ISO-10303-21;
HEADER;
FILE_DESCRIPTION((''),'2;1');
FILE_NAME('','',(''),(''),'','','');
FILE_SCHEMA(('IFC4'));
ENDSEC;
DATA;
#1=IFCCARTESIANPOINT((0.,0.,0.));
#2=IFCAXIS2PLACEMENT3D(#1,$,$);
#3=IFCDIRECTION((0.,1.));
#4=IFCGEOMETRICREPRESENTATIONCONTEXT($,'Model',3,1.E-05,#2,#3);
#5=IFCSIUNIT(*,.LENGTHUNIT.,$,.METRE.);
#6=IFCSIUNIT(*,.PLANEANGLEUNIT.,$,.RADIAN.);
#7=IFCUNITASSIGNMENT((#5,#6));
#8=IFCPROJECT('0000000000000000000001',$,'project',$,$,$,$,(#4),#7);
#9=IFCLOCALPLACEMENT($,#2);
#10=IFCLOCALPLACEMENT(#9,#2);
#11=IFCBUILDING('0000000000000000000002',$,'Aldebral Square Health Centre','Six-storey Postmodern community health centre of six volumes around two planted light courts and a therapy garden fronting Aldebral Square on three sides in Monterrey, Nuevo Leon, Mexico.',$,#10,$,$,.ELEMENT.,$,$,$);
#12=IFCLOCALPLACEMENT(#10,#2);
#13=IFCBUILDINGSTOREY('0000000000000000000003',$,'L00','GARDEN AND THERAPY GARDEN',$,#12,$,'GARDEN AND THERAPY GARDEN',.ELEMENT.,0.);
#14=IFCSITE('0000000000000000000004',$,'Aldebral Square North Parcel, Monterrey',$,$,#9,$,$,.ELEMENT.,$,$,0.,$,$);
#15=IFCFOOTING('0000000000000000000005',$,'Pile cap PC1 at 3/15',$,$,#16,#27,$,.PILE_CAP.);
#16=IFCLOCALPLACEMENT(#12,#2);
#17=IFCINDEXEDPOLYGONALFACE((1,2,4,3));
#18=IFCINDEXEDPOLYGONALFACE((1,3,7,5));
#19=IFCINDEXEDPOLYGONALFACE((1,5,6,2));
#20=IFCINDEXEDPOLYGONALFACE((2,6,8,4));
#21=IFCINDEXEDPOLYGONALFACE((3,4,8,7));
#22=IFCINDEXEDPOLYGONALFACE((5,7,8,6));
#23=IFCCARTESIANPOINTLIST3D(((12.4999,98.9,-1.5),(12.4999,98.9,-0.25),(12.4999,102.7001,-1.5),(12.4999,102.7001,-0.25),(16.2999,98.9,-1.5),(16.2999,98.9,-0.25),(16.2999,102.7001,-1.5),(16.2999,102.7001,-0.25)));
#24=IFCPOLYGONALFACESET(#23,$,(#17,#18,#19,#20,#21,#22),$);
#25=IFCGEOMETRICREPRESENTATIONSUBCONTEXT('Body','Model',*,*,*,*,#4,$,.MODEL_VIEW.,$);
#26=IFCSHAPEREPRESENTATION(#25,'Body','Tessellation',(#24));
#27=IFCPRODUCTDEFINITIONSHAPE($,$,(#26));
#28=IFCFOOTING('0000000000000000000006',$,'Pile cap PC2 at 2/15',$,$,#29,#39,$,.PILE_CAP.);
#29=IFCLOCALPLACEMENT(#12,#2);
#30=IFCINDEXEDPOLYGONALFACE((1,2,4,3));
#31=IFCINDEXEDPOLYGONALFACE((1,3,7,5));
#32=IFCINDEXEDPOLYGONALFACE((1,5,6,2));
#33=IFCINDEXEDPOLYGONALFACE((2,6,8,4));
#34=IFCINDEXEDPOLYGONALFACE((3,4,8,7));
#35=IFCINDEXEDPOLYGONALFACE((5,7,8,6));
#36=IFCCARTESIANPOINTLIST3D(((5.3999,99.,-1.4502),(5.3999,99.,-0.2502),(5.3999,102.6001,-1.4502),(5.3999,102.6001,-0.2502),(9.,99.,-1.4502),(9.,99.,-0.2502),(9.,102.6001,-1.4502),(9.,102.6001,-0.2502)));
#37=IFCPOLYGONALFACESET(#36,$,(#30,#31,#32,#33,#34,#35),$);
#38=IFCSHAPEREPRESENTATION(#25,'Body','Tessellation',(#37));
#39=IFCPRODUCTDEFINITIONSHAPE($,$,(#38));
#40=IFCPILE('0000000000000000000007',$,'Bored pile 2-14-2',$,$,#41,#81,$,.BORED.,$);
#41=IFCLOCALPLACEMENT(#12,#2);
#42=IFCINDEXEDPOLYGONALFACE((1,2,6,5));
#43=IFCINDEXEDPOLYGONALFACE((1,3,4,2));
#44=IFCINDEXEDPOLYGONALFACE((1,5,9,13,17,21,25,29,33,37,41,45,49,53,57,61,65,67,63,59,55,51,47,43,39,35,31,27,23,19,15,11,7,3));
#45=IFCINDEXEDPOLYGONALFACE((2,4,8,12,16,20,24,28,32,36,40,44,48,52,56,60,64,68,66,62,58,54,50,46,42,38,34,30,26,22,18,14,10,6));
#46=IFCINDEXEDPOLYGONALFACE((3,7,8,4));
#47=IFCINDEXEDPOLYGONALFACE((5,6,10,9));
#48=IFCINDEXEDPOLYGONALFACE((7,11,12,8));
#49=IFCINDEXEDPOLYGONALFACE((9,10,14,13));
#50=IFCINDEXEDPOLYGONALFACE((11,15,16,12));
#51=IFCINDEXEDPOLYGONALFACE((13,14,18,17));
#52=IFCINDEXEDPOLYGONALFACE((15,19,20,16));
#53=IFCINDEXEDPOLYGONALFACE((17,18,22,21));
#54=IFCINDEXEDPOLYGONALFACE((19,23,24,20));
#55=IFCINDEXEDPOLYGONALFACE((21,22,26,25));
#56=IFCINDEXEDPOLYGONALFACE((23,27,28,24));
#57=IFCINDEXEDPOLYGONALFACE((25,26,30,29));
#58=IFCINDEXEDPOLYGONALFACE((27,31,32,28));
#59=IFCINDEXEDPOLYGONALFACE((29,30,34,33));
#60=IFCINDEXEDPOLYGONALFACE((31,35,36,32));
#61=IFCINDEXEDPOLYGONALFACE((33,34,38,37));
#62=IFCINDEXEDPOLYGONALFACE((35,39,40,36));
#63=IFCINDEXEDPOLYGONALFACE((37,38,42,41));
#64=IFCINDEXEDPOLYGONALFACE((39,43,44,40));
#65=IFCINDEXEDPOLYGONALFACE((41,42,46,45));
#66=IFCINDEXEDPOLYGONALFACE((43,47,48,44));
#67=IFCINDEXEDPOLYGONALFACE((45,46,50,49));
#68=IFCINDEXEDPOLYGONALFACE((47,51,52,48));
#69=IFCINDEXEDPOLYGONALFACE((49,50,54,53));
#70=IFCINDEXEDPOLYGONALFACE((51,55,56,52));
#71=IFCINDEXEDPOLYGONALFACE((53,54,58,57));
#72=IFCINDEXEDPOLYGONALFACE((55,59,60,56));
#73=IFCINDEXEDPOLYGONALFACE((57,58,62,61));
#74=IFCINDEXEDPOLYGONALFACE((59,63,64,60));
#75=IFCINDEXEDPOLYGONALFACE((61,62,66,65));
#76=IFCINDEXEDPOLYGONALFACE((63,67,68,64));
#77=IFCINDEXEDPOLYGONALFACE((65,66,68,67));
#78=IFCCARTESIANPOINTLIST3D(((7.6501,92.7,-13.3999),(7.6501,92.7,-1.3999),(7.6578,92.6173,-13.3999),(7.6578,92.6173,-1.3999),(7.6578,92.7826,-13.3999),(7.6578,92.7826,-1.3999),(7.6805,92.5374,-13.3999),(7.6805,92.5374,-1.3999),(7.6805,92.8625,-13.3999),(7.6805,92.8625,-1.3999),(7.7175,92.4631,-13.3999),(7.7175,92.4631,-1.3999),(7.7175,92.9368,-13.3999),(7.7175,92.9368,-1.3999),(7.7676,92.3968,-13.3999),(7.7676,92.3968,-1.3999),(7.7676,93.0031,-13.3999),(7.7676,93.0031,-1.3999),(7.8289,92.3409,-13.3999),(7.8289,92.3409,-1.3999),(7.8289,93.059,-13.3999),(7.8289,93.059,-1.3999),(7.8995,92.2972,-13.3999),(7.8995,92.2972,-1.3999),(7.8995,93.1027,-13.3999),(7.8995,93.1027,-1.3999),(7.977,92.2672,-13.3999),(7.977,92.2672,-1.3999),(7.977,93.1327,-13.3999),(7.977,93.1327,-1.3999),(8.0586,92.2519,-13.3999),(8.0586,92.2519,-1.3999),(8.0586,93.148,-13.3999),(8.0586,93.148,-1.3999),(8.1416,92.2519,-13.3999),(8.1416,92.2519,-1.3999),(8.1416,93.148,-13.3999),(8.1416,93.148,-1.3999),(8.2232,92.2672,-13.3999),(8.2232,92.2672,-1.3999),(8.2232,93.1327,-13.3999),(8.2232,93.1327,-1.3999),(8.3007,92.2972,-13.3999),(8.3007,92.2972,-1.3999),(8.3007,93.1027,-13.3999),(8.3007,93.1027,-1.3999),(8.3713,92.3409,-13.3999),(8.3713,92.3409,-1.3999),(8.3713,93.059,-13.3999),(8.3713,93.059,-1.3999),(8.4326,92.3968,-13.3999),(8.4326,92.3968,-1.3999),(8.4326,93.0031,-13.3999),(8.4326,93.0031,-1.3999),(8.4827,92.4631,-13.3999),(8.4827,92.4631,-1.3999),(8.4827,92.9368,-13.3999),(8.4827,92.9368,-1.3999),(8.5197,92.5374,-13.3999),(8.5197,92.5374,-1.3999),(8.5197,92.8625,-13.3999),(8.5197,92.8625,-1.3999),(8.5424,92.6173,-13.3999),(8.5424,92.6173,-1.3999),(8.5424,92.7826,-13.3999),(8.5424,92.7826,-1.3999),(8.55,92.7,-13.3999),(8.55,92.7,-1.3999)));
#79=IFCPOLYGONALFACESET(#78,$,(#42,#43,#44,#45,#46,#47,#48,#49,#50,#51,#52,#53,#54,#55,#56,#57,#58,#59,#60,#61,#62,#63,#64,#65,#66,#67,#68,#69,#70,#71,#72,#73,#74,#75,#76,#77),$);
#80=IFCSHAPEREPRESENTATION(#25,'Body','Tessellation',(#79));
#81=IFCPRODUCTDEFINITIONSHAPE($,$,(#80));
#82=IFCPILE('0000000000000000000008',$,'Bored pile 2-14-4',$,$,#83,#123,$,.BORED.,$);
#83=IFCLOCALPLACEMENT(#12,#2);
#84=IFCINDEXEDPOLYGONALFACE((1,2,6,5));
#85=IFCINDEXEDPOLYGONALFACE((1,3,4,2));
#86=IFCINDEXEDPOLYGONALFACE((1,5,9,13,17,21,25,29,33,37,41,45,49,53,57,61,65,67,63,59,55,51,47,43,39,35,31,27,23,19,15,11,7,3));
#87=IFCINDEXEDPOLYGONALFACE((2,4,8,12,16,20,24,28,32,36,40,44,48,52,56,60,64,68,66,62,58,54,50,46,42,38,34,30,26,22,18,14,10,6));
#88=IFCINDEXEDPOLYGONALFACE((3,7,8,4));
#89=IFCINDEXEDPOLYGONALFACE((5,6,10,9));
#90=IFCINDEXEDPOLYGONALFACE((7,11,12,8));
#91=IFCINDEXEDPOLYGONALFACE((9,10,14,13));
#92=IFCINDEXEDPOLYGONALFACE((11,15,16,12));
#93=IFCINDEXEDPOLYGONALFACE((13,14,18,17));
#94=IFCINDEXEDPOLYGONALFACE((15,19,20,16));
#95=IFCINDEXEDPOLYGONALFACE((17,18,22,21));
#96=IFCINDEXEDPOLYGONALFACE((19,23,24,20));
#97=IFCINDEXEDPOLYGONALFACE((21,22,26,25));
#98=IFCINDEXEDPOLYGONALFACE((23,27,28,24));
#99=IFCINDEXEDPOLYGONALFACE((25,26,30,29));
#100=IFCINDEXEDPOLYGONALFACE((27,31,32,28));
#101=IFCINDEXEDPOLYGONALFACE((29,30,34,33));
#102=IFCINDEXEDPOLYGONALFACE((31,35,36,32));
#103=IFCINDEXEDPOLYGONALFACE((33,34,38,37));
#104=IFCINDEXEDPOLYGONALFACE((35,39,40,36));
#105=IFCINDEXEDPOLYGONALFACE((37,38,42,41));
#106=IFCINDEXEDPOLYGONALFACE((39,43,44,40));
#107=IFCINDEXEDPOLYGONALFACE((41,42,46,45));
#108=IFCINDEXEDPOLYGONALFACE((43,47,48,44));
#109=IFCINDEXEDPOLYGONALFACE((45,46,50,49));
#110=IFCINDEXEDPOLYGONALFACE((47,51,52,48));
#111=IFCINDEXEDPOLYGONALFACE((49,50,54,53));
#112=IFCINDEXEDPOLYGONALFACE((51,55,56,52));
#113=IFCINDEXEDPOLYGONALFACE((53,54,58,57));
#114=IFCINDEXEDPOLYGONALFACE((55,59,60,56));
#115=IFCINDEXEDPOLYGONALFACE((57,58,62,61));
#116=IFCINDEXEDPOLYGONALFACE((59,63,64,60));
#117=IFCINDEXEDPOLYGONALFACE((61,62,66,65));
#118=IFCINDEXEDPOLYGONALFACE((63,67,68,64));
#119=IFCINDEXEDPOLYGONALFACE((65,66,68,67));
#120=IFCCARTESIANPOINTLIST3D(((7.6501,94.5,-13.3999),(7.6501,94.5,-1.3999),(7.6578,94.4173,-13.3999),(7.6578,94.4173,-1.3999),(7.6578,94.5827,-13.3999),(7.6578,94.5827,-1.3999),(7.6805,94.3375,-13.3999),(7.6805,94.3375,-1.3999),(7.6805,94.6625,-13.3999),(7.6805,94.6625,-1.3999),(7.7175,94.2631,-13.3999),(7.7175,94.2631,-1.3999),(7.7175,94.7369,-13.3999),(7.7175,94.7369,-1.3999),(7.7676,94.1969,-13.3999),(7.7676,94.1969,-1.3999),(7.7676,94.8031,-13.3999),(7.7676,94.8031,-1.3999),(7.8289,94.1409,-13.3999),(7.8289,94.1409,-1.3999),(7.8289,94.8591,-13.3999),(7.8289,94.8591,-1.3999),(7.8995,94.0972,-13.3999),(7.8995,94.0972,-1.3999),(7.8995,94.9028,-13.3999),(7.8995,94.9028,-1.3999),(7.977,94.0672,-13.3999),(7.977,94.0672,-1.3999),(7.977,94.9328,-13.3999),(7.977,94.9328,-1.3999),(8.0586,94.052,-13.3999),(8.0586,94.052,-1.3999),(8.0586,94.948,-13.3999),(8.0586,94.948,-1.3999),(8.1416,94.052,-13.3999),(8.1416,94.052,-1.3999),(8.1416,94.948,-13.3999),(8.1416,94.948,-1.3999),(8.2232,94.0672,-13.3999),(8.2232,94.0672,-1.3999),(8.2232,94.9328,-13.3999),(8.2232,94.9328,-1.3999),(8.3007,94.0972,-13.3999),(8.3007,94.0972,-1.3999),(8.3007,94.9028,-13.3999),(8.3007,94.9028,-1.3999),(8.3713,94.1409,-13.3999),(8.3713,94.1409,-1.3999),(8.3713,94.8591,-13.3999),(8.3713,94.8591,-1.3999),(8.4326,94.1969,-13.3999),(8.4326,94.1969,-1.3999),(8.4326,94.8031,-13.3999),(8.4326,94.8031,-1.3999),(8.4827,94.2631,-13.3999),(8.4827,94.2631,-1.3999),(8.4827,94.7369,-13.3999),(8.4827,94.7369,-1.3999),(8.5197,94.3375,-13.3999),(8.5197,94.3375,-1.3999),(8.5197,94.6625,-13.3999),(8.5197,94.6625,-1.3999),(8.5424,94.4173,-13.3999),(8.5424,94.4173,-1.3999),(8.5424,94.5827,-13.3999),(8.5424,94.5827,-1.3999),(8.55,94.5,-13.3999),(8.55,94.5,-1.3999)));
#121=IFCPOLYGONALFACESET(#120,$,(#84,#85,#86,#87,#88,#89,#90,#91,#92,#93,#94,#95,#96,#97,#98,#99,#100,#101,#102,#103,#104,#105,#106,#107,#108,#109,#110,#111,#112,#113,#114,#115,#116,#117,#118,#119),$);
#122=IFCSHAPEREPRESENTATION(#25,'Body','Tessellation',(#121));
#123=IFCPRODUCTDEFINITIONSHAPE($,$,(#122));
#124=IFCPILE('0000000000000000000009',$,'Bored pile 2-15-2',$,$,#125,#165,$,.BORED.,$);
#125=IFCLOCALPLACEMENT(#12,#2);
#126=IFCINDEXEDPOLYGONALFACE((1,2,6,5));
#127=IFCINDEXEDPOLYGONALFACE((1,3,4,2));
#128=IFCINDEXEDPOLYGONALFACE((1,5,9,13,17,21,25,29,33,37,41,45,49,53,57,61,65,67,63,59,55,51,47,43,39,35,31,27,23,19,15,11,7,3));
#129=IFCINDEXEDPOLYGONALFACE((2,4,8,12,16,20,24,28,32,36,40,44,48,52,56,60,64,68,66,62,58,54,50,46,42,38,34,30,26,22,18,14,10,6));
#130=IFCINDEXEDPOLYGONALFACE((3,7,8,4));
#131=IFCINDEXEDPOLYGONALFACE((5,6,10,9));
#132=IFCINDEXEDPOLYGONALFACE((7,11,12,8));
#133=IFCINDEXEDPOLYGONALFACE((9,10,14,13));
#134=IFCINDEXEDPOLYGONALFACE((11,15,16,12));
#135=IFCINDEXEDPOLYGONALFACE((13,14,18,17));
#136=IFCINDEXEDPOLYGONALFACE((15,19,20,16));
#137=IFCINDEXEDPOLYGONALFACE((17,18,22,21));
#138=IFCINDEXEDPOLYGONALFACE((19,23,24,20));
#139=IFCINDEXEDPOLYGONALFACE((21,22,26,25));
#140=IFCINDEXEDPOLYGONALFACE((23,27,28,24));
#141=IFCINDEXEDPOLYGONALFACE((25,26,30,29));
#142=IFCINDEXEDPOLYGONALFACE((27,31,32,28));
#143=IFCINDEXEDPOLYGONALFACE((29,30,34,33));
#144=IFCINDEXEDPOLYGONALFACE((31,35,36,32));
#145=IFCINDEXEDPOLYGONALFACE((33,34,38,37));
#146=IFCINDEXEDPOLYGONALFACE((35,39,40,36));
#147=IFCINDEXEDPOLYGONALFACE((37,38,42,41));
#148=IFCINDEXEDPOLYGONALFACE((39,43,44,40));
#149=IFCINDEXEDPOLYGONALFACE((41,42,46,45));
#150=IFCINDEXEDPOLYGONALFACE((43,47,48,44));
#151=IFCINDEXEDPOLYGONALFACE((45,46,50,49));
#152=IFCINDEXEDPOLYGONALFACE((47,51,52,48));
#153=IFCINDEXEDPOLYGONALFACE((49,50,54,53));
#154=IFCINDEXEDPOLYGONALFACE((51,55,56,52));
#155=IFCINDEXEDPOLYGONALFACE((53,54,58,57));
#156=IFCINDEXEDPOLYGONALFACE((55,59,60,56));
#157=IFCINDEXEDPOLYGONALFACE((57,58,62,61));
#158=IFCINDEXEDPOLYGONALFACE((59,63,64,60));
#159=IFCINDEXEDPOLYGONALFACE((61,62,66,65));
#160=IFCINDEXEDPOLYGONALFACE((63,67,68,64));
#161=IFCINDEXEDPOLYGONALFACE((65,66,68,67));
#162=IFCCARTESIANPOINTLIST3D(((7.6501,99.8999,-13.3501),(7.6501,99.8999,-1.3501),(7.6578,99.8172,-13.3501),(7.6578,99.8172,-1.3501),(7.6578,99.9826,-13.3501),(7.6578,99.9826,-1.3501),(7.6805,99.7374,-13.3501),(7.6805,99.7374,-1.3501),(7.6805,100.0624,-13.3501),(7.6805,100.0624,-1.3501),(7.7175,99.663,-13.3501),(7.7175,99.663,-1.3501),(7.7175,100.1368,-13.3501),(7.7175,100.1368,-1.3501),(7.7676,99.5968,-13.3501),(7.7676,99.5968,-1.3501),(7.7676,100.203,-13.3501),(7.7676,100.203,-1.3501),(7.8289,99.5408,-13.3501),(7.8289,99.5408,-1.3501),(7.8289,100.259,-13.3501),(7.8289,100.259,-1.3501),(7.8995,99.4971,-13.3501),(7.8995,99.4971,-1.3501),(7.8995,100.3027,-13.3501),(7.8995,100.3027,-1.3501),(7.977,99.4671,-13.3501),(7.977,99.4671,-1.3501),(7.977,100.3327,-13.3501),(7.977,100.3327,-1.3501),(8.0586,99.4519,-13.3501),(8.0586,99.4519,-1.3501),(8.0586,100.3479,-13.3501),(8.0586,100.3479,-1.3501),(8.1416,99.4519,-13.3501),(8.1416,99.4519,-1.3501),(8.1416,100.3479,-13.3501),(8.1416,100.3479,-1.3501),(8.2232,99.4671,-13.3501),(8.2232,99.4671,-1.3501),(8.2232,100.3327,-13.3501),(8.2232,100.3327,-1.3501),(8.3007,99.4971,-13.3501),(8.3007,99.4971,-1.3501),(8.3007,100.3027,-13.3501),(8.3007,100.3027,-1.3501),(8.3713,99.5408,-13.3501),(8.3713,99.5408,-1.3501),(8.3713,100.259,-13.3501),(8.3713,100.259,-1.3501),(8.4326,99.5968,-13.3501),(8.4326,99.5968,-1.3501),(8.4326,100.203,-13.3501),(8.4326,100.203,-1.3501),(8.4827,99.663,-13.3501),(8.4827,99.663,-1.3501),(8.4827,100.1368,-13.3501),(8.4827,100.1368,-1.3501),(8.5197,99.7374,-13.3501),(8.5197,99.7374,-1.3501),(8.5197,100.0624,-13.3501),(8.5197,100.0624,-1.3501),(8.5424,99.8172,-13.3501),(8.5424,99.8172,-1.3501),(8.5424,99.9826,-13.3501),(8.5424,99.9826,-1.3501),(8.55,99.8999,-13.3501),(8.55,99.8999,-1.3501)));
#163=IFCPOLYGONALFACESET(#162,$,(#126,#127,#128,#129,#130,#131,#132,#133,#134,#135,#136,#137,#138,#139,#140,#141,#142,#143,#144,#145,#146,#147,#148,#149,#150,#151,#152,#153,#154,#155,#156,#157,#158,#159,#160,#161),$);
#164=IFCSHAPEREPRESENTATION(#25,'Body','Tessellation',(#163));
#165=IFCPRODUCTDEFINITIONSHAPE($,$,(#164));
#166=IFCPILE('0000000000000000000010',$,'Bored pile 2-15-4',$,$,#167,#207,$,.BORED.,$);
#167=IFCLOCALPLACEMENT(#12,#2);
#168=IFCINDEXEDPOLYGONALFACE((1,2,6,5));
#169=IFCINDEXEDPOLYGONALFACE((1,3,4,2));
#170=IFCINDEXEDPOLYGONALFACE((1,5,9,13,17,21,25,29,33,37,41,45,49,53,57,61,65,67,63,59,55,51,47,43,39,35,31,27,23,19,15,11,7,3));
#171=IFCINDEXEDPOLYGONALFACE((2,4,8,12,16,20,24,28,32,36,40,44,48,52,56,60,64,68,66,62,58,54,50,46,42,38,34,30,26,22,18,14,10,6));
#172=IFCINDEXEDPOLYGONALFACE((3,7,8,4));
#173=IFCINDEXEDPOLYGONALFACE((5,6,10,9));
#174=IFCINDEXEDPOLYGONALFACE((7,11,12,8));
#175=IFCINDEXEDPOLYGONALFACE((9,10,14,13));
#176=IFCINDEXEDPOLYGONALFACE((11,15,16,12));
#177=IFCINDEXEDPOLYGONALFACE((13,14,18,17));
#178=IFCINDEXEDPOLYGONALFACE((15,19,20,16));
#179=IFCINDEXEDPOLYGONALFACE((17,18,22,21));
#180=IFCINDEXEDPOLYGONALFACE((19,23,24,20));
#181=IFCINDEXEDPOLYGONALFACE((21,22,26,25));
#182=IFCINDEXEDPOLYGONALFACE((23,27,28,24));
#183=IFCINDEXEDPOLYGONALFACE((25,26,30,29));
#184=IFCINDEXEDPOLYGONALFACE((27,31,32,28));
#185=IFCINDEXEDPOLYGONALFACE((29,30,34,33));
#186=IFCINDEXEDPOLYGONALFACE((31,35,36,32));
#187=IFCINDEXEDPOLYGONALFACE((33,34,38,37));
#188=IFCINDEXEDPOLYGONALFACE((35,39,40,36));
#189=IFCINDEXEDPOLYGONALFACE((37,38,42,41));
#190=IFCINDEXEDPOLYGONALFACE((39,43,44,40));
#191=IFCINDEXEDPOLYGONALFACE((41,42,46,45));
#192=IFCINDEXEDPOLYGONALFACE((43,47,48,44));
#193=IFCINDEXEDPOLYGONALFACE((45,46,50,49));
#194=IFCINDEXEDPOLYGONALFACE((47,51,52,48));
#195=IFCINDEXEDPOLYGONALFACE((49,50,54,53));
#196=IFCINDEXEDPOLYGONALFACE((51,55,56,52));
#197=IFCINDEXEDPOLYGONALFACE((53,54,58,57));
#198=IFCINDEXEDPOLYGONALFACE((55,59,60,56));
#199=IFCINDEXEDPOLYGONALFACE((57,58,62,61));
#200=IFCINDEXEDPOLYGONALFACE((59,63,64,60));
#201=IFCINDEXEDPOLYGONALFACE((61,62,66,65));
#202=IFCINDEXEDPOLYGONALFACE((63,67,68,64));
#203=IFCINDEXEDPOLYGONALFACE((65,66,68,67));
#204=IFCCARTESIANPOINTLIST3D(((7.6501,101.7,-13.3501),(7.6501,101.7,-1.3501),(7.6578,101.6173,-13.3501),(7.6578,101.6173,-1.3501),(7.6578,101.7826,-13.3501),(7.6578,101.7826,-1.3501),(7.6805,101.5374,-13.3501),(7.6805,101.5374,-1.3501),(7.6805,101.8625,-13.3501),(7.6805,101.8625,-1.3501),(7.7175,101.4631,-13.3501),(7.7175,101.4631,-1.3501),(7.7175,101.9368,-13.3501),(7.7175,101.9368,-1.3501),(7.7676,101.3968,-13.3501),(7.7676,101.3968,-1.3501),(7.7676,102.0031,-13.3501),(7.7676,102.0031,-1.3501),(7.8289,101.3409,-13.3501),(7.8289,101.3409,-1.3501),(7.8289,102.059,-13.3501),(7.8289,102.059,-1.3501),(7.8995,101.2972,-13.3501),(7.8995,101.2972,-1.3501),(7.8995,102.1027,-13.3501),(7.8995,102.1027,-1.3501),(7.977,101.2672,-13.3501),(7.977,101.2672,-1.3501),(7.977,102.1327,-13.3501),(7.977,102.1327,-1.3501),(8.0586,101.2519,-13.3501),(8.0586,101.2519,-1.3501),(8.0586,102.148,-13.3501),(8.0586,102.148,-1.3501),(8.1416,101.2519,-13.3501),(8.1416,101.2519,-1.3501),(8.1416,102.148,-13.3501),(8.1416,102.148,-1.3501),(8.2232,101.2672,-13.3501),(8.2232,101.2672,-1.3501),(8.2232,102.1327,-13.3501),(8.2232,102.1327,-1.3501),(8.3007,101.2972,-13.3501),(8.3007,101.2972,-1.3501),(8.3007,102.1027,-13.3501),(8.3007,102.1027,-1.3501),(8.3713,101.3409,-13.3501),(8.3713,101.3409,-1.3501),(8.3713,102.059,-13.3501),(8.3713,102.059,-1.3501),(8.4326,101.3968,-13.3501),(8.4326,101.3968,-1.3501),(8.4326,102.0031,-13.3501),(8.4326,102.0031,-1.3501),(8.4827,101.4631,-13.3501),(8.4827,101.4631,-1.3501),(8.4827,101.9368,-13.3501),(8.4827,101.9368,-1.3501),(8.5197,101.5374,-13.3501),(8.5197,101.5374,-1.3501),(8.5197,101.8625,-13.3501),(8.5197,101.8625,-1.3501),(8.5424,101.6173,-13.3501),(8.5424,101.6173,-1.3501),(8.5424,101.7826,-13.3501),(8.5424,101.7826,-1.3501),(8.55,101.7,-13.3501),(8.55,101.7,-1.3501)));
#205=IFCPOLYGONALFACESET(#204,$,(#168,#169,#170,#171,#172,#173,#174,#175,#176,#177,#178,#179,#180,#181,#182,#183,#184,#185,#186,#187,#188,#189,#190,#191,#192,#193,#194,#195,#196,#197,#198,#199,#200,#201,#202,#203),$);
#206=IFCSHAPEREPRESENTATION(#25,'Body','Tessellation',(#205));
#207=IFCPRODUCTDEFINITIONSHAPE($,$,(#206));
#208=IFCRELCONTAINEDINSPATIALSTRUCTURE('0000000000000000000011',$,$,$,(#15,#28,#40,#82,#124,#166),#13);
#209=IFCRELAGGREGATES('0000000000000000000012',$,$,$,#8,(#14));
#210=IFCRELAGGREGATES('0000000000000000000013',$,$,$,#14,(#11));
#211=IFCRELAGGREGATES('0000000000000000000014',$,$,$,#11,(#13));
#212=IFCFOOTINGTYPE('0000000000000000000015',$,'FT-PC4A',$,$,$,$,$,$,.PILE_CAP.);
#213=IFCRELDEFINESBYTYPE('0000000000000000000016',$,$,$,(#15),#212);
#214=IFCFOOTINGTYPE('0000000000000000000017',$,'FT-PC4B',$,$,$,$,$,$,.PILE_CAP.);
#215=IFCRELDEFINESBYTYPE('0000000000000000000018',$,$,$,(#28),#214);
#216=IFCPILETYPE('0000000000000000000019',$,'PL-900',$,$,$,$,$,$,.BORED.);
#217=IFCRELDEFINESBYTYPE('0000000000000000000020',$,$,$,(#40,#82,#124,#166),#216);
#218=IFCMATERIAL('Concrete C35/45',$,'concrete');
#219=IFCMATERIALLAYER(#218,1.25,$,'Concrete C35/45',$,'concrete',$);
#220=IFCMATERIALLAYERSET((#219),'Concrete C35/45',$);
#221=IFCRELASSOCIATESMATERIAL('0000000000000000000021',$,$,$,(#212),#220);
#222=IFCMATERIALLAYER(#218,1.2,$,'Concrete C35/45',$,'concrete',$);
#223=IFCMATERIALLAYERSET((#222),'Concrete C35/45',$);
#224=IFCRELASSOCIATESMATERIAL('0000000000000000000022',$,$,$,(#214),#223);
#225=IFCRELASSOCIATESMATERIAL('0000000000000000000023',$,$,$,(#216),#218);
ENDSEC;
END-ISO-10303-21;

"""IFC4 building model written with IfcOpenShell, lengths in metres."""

from ifc_helpers import new_model, si_unit, direction, frame, origin, origin_2d, place, context, subcontext, project, spatial, rectangle, circle, extrude, material, layer, layer_set, material_profile, profile_set, type_object, element, save


model = new_model("IFC4")

# Units and contexts
model_context = context("Model", 3, precision=1e-05, world=origin(), true_north=direction((0.0, 1.0)))
body_context = subcontext(model_context, "Body", "Model", "MODEL_VIEW")
ifc_project = project(units=[si_unit("LENGTHUNIT", "METRE"), si_unit("PLANEANGLEUNIT", "RADIAN")], contexts=[model_context])

# Site, building, storey
site_placement = place(None, origin())
site = spatial("IfcSite", under=ifc_project, at=site_placement, Name="Aldebral Square North Parcel, Monterrey", CompositionType="ELEMENT", RefElevation=0.0)
building_placement = place(site_placement, origin())
building = spatial("IfcBuilding", under=site, at=building_placement, Name="Aldebral Square Health Centre", Description="Six-storey Postmodern community health centre of six volumes around two planted light courts and a therapy garden fronting Aldebral Square on three sides in Monterrey, Nuevo Leon, Mexico.", CompositionType="ELEMENT")
storey_placement = place(building_placement, origin())
storey = spatial("IfcBuildingStorey", under=building, at=storey_placement, Name="L00", Description="GARDEN AND THERAPY GARDEN", LongName="GARDEN AND THERAPY GARDEN", CompositionType="ELEMENT", Elevation=0.0)

# Footings
ifc_material_1 = material(Name="Concrete C35/45", Category="concrete")
ifc_layer_1 = layer(ifc_material_1, 1.25, Name="Concrete C35/45", Category="concrete")
ifc_layer_set_1 = layer_set([ifc_layer_1], Name="Concrete C35/45")
footing_type_1 = type_object("IfcFootingType", Name="FT-PC4A", PredefinedType="PILE_CAP", material=ifc_layer_set_1)
footing_1_placement = place(storey_placement, frame((14.3999, 100.8, -1.5), z_axis=(0.0, 0.0, 1.0), x_axis=(1.0, 0.0, 0.0)))
element("IfcFooting", 1, at=footing_1_placement, inside=storey, type_object=footing_type_1, Name="Pile cap PC1 at 3/15", PredefinedType="PILE_CAP", context=body_context, shape_type="SweptSolid", body=[
    extrude(rectangle(XDim=3.8, YDim=3.8, at=origin_2d()), origin(), (0.0, 0.0, 1.0), 1.25),
])
ifc_layer_2 = layer(ifc_material_1, 1.2, Name="Concrete C35/45", Category="concrete")
ifc_layer_set_2 = layer_set([ifc_layer_2], Name="Concrete C35/45")
footing_type_2 = type_object("IfcFootingType", Name="FT-PC4B", PredefinedType="PILE_CAP", material=ifc_layer_set_2)
footing_2_placement = place(storey_placement, frame((7.2, 100.8, -1.4502), z_axis=(0.0, 0.0, 1.0), x_axis=(1.0, 0.0, 0.0)))
element("IfcFooting", 2, at=footing_2_placement, inside=storey, type_object=footing_type_2, Name="Pile cap PC2 at 2/15", PredefinedType="PILE_CAP", context=body_context, shape_type="SweptSolid", body=[
    extrude(rectangle(XDim=3.6001, YDim=3.6001, at=origin_2d()), origin(), (0.0, 0.0, 1.0), 1.2),
])

# Piles
ifc_material_profile_1 = material_profile(ifc_material_1, circle(Radius=0.45, at=origin_2d()), Name="PILE D900")
ifc_profile_set_1 = profile_set([ifc_material_profile_1], Name="Concrete C35/45")
pile_type = type_object("IfcPileType", Name="PL-900", PredefinedType="BORED", material=ifc_profile_set_1)
for number, where, z_axis, x_axis, name in (
    (3, (8.1001, 92.7, -1.3999), (0.0, 0.0, -1.0), (1.0, 0.0, 0.0), "Bored pile 2-14-2"),
    (4, (8.1001, 94.5, -1.3999), (0.0, 0.0, -1.0), (1.0, 0.0, 0.0), "Bored pile 2-14-4"),
    (5, (8.1001, 99.8999, -1.3501), (0.0, 0.0, -1.0), (1.0, 0.0, 0.0), "Bored pile 2-15-2"),
    (6, (8.1001, 101.7, -1.3501), (0.0, 0.0, -1.0), (1.0, 0.0, 0.0), "Bored pile 2-15-4"),
):
    element("IfcPile", number, at=place(storey_placement, frame(where, z_axis=z_axis, x_axis=x_axis)), inside=storey, type_object=pile_type, Name=name, PredefinedType="BORED", context=body_context, shape_type="SweptSolid", body=[
        extrude(circle(Radius=0.45, at=origin_2d()), origin(), (0.0, 0.0, 1.0), 12.0),
    ])

save(model, "model.ifc")
